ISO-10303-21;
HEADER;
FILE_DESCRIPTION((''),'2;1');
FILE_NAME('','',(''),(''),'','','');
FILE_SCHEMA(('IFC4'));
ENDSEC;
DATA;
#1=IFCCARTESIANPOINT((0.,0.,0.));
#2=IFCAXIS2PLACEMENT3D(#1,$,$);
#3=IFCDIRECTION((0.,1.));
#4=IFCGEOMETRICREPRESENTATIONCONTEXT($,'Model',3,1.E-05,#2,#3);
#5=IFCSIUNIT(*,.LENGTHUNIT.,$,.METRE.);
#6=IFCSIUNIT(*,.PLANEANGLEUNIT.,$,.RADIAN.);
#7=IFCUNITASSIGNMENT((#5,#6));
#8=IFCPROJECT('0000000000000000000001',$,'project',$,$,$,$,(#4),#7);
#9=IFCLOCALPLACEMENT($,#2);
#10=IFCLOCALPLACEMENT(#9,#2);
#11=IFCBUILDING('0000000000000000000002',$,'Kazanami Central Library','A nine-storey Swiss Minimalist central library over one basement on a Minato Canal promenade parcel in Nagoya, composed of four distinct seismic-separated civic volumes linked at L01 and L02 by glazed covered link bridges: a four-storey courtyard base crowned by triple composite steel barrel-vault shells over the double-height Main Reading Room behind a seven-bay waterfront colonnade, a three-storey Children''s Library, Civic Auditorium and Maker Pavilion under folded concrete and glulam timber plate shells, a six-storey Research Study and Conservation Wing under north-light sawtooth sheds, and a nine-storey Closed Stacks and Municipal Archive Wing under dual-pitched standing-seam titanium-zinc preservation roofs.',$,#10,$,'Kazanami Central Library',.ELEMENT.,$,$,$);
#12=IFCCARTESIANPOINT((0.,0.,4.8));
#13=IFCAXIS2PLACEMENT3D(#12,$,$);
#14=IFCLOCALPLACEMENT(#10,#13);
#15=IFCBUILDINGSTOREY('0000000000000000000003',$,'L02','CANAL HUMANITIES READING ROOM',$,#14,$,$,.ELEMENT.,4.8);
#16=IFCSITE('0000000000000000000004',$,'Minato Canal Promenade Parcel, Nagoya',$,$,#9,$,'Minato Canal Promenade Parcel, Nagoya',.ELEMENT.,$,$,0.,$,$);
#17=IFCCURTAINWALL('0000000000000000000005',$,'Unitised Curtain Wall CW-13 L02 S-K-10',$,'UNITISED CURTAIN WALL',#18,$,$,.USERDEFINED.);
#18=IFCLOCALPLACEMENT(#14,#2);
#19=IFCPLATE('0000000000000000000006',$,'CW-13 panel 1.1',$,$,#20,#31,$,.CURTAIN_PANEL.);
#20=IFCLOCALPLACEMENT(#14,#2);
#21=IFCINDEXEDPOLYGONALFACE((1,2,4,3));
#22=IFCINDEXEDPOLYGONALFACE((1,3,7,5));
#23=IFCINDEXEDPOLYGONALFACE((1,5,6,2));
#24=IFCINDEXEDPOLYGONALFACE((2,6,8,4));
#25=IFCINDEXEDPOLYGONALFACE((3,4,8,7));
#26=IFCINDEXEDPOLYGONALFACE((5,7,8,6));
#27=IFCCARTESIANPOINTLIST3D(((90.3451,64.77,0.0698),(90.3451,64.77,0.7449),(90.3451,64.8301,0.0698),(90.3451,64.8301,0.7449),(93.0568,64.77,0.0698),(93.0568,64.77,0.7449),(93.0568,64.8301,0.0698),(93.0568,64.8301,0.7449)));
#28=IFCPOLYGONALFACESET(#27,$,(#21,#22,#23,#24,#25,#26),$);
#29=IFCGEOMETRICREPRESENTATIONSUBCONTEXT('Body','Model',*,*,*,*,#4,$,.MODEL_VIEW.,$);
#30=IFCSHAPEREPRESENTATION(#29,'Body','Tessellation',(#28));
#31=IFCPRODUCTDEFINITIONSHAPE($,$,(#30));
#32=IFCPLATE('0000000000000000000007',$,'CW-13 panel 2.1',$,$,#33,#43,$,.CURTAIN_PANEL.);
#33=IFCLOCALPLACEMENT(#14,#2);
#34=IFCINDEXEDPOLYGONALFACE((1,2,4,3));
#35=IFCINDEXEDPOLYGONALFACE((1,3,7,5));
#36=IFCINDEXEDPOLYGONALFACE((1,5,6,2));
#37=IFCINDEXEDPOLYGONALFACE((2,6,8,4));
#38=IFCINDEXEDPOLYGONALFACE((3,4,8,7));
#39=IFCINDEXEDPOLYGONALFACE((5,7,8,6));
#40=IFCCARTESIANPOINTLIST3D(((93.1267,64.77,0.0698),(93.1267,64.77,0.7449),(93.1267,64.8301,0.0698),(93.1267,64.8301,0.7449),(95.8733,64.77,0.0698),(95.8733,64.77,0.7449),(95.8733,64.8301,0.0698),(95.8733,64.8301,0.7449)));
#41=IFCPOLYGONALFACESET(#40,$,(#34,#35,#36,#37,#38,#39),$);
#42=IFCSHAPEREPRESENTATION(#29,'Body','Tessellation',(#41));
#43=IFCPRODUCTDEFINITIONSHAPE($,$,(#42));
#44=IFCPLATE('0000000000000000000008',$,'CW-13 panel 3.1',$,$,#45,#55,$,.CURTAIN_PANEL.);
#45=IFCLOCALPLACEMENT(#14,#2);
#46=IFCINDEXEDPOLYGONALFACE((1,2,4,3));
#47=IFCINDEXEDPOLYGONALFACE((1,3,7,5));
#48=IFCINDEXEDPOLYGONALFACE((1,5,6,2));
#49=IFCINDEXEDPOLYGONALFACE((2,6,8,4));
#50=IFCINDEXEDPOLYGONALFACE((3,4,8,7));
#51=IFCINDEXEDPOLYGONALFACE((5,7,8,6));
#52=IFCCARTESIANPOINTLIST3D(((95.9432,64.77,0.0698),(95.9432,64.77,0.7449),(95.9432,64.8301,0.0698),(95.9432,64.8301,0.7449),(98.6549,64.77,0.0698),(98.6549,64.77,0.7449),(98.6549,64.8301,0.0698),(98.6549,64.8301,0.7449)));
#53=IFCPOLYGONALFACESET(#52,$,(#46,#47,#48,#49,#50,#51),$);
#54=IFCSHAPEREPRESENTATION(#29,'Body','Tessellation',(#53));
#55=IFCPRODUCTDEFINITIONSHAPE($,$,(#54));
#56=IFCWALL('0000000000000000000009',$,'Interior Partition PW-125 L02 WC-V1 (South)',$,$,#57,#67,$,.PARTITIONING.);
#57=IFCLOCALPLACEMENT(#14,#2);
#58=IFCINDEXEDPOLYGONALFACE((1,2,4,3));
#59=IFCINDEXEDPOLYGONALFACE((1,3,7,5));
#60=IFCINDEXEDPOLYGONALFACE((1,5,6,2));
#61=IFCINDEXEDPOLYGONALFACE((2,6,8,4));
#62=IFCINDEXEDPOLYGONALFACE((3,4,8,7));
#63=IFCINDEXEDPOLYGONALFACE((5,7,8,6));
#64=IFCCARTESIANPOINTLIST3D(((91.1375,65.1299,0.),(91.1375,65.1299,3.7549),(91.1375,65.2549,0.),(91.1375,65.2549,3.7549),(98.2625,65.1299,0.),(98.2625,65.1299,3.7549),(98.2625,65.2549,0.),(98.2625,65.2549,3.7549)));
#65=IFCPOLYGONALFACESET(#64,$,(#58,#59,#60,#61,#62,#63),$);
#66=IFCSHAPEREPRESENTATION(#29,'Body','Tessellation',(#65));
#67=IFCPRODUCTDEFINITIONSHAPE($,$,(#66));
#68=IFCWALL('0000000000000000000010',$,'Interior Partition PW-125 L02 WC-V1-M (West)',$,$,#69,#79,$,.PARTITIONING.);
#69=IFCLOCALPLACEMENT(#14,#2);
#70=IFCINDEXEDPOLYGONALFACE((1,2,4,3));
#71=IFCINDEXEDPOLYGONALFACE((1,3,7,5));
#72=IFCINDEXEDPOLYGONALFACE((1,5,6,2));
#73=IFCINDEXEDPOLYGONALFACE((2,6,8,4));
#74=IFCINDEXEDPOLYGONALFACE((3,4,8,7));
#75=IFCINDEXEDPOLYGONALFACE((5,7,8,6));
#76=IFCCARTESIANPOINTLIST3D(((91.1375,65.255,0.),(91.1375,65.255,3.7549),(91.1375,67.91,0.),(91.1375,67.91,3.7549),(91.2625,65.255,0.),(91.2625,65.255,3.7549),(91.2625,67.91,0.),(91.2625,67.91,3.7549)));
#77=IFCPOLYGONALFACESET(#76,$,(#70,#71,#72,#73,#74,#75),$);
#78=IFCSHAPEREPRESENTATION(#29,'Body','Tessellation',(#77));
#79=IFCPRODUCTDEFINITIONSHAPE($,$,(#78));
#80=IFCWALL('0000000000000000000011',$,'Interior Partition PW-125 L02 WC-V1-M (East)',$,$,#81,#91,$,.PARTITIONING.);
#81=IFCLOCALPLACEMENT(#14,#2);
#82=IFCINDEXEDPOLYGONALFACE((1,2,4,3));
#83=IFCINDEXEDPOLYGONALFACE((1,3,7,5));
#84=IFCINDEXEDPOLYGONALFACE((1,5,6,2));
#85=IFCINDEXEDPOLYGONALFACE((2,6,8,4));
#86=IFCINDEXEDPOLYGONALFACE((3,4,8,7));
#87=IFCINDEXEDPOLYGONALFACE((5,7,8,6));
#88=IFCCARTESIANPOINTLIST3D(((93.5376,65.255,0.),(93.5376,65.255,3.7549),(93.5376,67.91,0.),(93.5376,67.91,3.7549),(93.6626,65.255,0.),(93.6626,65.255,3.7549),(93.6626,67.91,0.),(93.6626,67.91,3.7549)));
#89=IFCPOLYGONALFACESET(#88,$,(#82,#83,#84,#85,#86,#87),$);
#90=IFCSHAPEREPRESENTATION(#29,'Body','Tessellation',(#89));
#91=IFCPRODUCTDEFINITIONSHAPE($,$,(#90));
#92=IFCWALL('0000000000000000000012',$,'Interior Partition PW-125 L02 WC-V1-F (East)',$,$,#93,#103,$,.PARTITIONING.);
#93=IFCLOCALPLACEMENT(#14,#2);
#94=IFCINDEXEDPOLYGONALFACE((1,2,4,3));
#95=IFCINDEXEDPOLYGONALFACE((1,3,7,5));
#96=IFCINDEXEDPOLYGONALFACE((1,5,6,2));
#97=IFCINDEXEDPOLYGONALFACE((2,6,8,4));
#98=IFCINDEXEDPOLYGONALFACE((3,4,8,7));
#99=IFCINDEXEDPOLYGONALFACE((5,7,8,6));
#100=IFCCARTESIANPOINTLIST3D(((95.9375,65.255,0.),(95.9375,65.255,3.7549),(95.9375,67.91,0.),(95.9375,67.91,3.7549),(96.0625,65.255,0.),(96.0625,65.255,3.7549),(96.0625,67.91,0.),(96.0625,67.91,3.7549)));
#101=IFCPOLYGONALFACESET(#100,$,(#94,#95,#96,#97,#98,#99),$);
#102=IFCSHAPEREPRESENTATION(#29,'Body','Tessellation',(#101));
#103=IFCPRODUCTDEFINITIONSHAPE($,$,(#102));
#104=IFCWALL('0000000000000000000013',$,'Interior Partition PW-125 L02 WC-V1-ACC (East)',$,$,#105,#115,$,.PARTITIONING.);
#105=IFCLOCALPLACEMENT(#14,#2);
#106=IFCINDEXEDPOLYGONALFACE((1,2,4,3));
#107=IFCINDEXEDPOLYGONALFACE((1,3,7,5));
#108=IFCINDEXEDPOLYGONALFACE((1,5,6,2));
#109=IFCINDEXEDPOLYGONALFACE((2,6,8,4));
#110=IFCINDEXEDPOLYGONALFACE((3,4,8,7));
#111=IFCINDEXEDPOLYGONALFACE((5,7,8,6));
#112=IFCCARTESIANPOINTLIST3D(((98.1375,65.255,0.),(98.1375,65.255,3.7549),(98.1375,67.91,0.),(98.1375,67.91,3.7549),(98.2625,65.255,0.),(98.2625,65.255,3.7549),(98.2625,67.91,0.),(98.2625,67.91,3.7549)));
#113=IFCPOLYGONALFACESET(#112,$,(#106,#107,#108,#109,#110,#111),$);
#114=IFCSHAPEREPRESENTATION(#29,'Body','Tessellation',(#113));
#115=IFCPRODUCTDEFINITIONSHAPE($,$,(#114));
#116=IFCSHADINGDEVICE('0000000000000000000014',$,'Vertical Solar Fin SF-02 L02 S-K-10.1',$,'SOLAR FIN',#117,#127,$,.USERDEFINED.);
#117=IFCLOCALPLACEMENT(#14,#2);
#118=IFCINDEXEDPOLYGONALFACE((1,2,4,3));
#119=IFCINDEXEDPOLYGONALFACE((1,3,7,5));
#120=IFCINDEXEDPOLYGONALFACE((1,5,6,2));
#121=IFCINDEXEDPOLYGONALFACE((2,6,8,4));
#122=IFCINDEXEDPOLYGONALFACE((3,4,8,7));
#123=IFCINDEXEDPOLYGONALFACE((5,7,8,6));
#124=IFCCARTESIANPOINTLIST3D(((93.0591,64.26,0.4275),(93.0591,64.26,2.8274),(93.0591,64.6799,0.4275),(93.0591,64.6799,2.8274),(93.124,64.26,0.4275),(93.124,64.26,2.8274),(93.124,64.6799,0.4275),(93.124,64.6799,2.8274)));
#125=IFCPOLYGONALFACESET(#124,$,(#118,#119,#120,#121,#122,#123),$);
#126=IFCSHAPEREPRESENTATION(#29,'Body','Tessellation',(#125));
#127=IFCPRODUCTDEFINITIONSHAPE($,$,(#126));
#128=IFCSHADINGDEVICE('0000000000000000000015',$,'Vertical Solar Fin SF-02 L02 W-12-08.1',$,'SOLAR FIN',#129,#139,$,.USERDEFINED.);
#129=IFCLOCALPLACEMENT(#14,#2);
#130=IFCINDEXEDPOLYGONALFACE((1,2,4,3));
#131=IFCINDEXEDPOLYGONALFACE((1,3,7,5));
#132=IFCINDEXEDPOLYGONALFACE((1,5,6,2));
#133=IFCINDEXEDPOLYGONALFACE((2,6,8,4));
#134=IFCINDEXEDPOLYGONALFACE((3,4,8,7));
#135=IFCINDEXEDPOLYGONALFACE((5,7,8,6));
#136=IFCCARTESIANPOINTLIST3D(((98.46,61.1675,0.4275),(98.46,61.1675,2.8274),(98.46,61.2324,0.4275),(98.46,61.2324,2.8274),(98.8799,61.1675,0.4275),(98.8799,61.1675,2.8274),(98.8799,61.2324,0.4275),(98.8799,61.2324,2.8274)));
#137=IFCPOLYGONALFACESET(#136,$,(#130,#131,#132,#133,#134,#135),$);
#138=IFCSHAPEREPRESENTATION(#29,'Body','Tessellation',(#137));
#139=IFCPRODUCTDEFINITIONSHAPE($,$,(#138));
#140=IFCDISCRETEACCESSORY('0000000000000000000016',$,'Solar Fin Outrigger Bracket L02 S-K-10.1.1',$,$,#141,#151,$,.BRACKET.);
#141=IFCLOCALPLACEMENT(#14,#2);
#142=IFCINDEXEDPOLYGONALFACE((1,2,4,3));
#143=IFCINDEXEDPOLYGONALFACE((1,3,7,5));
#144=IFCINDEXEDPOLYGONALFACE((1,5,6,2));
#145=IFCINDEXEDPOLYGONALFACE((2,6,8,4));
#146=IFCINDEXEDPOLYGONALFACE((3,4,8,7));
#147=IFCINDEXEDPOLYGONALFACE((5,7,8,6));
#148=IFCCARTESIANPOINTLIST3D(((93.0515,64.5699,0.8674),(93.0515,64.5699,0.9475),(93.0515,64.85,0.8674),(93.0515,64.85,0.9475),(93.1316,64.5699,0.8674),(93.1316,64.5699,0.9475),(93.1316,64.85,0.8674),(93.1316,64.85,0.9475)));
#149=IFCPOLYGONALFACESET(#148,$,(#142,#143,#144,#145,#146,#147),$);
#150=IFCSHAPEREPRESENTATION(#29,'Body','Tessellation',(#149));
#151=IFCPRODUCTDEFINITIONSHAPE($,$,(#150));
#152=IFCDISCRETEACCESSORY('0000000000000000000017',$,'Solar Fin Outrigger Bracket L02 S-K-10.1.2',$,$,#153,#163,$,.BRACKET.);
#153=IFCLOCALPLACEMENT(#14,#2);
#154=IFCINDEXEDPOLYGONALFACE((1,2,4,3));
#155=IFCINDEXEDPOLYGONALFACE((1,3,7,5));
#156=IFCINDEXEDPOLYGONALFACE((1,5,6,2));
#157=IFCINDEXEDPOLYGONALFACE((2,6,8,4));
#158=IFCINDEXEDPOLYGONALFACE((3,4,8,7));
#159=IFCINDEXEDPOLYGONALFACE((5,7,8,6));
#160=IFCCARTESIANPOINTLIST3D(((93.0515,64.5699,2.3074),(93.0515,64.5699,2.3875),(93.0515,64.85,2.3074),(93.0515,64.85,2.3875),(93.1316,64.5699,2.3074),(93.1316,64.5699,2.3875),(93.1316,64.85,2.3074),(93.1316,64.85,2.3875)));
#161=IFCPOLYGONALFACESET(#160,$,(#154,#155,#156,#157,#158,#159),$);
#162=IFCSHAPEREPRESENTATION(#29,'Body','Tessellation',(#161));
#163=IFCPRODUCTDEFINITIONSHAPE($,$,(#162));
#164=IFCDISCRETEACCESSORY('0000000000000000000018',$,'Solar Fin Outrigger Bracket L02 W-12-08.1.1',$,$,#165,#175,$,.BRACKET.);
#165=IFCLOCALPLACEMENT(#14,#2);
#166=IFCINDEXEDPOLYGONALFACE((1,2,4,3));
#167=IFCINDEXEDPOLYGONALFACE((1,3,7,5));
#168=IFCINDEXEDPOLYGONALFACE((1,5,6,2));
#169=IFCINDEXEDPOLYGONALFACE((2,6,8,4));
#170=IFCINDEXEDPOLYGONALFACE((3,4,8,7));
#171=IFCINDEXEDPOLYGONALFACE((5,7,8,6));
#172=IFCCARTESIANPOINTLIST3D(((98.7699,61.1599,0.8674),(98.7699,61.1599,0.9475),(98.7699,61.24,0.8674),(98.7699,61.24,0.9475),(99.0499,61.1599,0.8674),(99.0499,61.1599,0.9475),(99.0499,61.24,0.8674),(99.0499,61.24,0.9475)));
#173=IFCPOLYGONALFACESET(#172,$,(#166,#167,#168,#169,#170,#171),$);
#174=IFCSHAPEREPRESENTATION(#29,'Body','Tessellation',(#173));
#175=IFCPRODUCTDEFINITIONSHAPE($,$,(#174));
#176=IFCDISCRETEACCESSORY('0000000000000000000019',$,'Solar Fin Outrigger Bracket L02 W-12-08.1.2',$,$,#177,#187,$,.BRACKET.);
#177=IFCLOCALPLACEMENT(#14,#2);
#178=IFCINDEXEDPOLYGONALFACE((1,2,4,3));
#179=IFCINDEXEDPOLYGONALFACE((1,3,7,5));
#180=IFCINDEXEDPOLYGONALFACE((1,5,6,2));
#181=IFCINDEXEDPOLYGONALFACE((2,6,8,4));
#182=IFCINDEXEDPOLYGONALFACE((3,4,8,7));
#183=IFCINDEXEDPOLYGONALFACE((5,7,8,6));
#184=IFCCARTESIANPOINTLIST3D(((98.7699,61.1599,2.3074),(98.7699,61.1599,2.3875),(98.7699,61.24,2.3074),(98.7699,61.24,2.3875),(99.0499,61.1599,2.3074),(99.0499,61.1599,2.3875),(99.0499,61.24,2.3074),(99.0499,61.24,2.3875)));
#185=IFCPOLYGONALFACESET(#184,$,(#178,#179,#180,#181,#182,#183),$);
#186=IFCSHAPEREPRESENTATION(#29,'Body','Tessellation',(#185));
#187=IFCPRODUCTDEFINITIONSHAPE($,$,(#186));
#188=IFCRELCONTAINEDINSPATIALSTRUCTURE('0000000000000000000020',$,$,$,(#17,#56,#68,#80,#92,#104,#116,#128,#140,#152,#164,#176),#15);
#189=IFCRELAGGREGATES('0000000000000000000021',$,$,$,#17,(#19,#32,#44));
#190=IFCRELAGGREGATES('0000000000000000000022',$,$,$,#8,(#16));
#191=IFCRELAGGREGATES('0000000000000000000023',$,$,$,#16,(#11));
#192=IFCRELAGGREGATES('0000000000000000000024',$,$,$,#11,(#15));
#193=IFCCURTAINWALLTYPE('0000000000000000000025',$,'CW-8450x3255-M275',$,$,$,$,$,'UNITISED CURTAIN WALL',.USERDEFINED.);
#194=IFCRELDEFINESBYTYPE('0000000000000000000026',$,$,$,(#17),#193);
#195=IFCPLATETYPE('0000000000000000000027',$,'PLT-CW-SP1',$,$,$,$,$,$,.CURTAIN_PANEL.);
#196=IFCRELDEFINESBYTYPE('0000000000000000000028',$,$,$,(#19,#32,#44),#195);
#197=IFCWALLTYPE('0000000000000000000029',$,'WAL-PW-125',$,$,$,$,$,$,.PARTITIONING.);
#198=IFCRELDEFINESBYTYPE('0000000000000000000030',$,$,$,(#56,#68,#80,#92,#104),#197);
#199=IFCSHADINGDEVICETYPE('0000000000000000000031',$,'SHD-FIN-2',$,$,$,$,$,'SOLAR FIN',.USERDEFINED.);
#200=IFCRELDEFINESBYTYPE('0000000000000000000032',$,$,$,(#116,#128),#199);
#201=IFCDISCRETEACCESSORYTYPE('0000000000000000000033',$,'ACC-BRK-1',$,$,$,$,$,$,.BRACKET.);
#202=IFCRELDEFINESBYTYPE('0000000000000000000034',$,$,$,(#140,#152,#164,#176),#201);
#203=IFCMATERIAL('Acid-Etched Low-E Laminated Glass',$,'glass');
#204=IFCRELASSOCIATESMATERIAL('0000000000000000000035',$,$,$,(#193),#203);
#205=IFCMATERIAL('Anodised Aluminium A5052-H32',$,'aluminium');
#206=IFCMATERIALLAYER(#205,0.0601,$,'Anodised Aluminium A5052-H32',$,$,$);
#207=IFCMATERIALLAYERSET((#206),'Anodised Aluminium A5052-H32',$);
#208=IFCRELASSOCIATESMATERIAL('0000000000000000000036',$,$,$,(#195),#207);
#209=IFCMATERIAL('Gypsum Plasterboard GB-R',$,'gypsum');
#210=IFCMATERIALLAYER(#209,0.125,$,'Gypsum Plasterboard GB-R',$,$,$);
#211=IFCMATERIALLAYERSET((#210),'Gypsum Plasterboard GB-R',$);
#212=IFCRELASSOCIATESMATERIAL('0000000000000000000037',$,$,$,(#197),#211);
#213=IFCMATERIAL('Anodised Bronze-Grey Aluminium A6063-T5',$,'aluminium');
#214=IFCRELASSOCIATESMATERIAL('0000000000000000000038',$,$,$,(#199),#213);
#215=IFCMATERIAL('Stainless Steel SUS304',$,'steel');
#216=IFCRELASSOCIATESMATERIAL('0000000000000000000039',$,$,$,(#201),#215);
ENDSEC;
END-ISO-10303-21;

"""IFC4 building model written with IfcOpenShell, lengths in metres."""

from ifc_helpers import new_model, si_unit, direction, frame, frame_2d, origin, origin_2d, place, context, subcontext, project, spatial, rectangle, extrude, material, layer, layer_set, type_object, element, aggregate, save


model = new_model("IFC4")

# Units and contexts
model_context = context("Model", 3, precision=1e-05, world=origin(), true_north=direction((0.0, 1.0)))
body_context = subcontext(model_context, "Body", "Model", "MODEL_VIEW")
ifc_project = project(units=[si_unit("LENGTHUNIT", "METRE"), si_unit("PLANEANGLEUNIT", "RADIAN")], contexts=[model_context])

# Site, building, storey
site_placement = place(None, origin())
site = spatial("IfcSite", under=ifc_project, at=site_placement, Name="Minato Canal Promenade Parcel, Nagoya", LongName="Minato Canal Promenade Parcel, Nagoya", CompositionType="ELEMENT", RefElevation=0.0)
building_placement = place(site_placement, origin())
building = spatial("IfcBuilding", under=site, at=building_placement, Name="Kazanami Central Library", Description="A nine-storey Swiss Minimalist central library over one basement on a Minato Canal promenade parcel in Nagoya, composed of four distinct seismic-separated civic volumes linked at L01 and L02 by glazed covered link bridges: a four-storey courtyard base crowned by triple composite steel barrel-vault shells over the double-height Main Reading Room behind a seven-bay waterfront colonnade, a three-storey Children's Library, Civic Auditorium and Maker Pavilion under folded concrete and glulam timber plate shells, a six-storey Research Study and Conservation Wing under north-light sawtooth sheds, and a nine-storey Closed Stacks and Municipal Archive Wing under dual-pitched standing-seam titanium-zinc preservation roofs.", LongName="Kazanami Central Library", CompositionType="ELEMENT")
storey_placement = place(building_placement, frame((0.0, 0.0, 4.8)))
storey = spatial("IfcBuildingStorey", under=building, at=storey_placement, Name="L02", Description="CANAL HUMANITIES READING ROOM", CompositionType="ELEMENT", Elevation=4.8)

# Curtain wall
ifc_material_1 = material(Name="Acid-Etched Low-E Laminated Glass", Category="glass")
curtain_wall_type_1 = type_object("IfcCurtainWallType", Name="CW-8450x3255-M275", ElementType="UNITISED CURTAIN WALL", PredefinedType="USERDEFINED", material=ifc_material_1)
curtain_wall_1_placement = place(storey_placement, origin())
curtain_wall_1 = element("IfcCurtainWall", 1, at=curtain_wall_1_placement, inside=storey, type_object=curtain_wall_type_1, Name="Unitised Curtain Wall CW-13 L02 S-K-10", ObjectType="UNITISED CURTAIN WALL", PredefinedType="USERDEFINED")

# Plates
ifc_material_2 = material(Name="Anodised Aluminium A5052-H32", Category="aluminium")
ifc_layer_1 = layer(ifc_material_2, 0.0601, Name="Anodised Aluminium A5052-H32")
ifc_layer_set_1 = layer_set([ifc_layer_1], Name="Anodised Aluminium A5052-H32")
plate_type_1 = type_object("IfcPlateType", Name="PLT-CW-SP1", PredefinedType="CURTAIN_PANEL", material=ifc_layer_set_1)
plate_1_placement = place(storey_placement, frame((91.7009, 64.8, 0.0698), z_axis=(0.0, 0.0, 1.0), x_axis=(1.0, 0.0, 0.0)))
plate_1 = element("IfcPlate", 2, at=plate_1_placement, type_object=plate_type_1, Name="CW-13 panel 1.1", PredefinedType="CURTAIN_PANEL", context=body_context, shape_type="SweptSolid", body=[
    extrude(rectangle(XDim=2.7117, YDim=0.0601, at=origin_2d()), origin(), (0.0, 0.0, 1.0), 0.675),
])
plate_2_placement = place(storey_placement, frame((94.5, 64.8, 0.0698), z_axis=(0.0, 0.0, 1.0), x_axis=(1.0, 0.0, 0.0)))
plate_2 = element("IfcPlate", 3, at=plate_2_placement, type_object=plate_type_1, Name="CW-13 panel 2.1", PredefinedType="CURTAIN_PANEL", context=body_context, shape_type="SweptSolid", body=[
    extrude(rectangle(XDim=2.7466, YDim=0.0601, at=origin_2d()), origin(), (0.0, 0.0, 1.0), 0.675),
])
plate_3_placement = place(storey_placement, frame((97.2991, 64.8, 0.0698), z_axis=(0.0, 0.0, 1.0), x_axis=(1.0, 0.0, 0.0)))
plate_3 = element("IfcPlate", 4, at=plate_3_placement, type_object=plate_type_1, Name="CW-13 panel 3.1", PredefinedType="CURTAIN_PANEL", context=body_context, shape_type="SweptSolid", body=[
    extrude(rectangle(XDim=2.7117, YDim=0.0601, at=origin_2d()), origin(), (0.0, 0.0, 1.0), 0.675),
])
aggregate(curtain_wall_1, [plate_1, plate_2, plate_3])

# Walls
ifc_material_3 = material(Name="Gypsum Plasterboard GB-R", Category="gypsum")
ifc_layer_2 = layer(ifc_material_3, 0.125, Name="Gypsum Plasterboard GB-R")
ifc_layer_set_2 = layer_set([ifc_layer_2], Name="Gypsum Plasterboard GB-R")
wall_type = type_object("IfcWallType", Name="WAL-PW-125", PredefinedType="PARTITIONING", material=ifc_layer_set_2)
wall_placement = place(storey_placement, frame((91.1375, 65.1924, 0.0), z_axis=(0.0, 0.0, 1.0), x_axis=(1.0, 0.0, 0.0)))
element("IfcWall", 5, at=wall_placement, inside=storey, type_object=wall_type, Name="Interior Partition PW-125 L02 WC-V1 (South)", PredefinedType="PARTITIONING", context=body_context, shape_type="SweptSolid", body=[
    extrude(rectangle(XDim=7.125, YDim=0.125, at=frame_2d((3.5625, 0.0))), origin(), (0.0, 0.0, 1.0), 3.7549),
])
for number, where, z_axis, x_axis, name in (
    (6, (91.2, 65.2549, 0.0), (0.0, 0.0, 1.0), (0.0, 1.0, 0.0), "Interior Partition PW-125 L02 WC-V1-M (West)"),
    (7, (93.6001, 65.2549, 0.0), (0.0, 0.0, 1.0), (0.0, 1.0, 0.0), "Interior Partition PW-125 L02 WC-V1-M (East)"),
    (8, (96.0, 65.2549, 0.0), (0.0, 0.0, 1.0), (0.0, 1.0, 0.0), "Interior Partition PW-125 L02 WC-V1-F (East)"),
    (9, (98.2, 65.2549, 0.0), (0.0, 0.0, 1.0), (0.0, 1.0, 0.0), "Interior Partition PW-125 L02 WC-V1-ACC (East)"),
):
    element("IfcWall", number, at=place(storey_placement, frame(where, z_axis=z_axis, x_axis=x_axis)), inside=storey, type_object=wall_type, Name=name, PredefinedType="PARTITIONING", context=body_context, shape_type="SweptSolid", body=[
        extrude(rectangle(XDim=2.655, YDim=0.125, at=frame_2d((1.3276, 0.0))), origin(), (0.0, 0.0, 1.0), 3.7549),
    ])

# Shading devices
ifc_material_4 = material(Name="Anodised Bronze-Grey Aluminium A6063-T5", Category="aluminium")
shading_device_type = type_object("IfcShadingDeviceType", Name="SHD-FIN-2", ElementType="SOLAR FIN", PredefinedType="USERDEFINED", material=ifc_material_4)
for number, where, z_axis, x_axis, name in (
    (10, (93.0916, 64.47, 0.4275), (0.0, 0.0, 1.0), (1.0, 0.0, 0.0), "Vertical Solar Fin SF-02 L02 S-K-10.1"),
    (11, (98.6699, 61.2, 0.4275), (0.0, 0.0, 1.0), (0.0, 1.0, 0.0), "Vertical Solar Fin SF-02 L02 W-12-08.1"),
):
    element("IfcShadingDevice", number, at=place(storey_placement, frame(where, z_axis=z_axis, x_axis=x_axis)), inside=storey, type_object=shading_device_type, Name=name, ObjectType="SOLAR FIN", PredefinedType="USERDEFINED", context=body_context, shape_type="SweptSolid", body=[
        extrude(rectangle(XDim=0.0649, YDim=0.4199, at=origin_2d()), origin(), (0.0, 0.0, 1.0), 2.3999),
    ])

# Discrete accessories
ifc_material_5 = material(Name="Stainless Steel SUS304", Category="steel")
discrete_accessory_type = type_object("IfcDiscreteAccessoryType", Name="ACC-BRK-1", PredefinedType="BRACKET", material=ifc_material_5)
for number, where, z_axis, x_axis, name in (
    (12, (93.0916, 64.71, 0.8674), (0.0, 0.0, 1.0), (1.0, 0.0, 0.0), "Solar Fin Outrigger Bracket L02 S-K-10.1.1"),
    (13, (93.0916, 64.71, 2.3074), (0.0, 0.0, 1.0), (1.0, 0.0, 0.0), "Solar Fin Outrigger Bracket L02 S-K-10.1.2"),
    (14, (98.9099, 61.2, 0.8674), (0.0, 0.0, 1.0), (0.0, 1.0, 0.0), "Solar Fin Outrigger Bracket L02 W-12-08.1.1"),
    (15, (98.9099, 61.2, 2.3074), (0.0, 0.0, 1.0), (0.0, 1.0, 0.0), "Solar Fin Outrigger Bracket L02 W-12-08.1.2"),
):
    element("IfcDiscreteAccessory", number, at=place(storey_placement, frame(where, z_axis=z_axis, x_axis=x_axis)), inside=storey, type_object=discrete_accessory_type, Name=name, PredefinedType="BRACKET", context=body_context, shape_type="SweptSolid", body=[
        extrude(rectangle(XDim=0.0801, YDim=0.28, at=origin_2d()), origin(), (0.0, 0.0, 1.0), 0.0801),
    ])

save(model, "model.ifc")
